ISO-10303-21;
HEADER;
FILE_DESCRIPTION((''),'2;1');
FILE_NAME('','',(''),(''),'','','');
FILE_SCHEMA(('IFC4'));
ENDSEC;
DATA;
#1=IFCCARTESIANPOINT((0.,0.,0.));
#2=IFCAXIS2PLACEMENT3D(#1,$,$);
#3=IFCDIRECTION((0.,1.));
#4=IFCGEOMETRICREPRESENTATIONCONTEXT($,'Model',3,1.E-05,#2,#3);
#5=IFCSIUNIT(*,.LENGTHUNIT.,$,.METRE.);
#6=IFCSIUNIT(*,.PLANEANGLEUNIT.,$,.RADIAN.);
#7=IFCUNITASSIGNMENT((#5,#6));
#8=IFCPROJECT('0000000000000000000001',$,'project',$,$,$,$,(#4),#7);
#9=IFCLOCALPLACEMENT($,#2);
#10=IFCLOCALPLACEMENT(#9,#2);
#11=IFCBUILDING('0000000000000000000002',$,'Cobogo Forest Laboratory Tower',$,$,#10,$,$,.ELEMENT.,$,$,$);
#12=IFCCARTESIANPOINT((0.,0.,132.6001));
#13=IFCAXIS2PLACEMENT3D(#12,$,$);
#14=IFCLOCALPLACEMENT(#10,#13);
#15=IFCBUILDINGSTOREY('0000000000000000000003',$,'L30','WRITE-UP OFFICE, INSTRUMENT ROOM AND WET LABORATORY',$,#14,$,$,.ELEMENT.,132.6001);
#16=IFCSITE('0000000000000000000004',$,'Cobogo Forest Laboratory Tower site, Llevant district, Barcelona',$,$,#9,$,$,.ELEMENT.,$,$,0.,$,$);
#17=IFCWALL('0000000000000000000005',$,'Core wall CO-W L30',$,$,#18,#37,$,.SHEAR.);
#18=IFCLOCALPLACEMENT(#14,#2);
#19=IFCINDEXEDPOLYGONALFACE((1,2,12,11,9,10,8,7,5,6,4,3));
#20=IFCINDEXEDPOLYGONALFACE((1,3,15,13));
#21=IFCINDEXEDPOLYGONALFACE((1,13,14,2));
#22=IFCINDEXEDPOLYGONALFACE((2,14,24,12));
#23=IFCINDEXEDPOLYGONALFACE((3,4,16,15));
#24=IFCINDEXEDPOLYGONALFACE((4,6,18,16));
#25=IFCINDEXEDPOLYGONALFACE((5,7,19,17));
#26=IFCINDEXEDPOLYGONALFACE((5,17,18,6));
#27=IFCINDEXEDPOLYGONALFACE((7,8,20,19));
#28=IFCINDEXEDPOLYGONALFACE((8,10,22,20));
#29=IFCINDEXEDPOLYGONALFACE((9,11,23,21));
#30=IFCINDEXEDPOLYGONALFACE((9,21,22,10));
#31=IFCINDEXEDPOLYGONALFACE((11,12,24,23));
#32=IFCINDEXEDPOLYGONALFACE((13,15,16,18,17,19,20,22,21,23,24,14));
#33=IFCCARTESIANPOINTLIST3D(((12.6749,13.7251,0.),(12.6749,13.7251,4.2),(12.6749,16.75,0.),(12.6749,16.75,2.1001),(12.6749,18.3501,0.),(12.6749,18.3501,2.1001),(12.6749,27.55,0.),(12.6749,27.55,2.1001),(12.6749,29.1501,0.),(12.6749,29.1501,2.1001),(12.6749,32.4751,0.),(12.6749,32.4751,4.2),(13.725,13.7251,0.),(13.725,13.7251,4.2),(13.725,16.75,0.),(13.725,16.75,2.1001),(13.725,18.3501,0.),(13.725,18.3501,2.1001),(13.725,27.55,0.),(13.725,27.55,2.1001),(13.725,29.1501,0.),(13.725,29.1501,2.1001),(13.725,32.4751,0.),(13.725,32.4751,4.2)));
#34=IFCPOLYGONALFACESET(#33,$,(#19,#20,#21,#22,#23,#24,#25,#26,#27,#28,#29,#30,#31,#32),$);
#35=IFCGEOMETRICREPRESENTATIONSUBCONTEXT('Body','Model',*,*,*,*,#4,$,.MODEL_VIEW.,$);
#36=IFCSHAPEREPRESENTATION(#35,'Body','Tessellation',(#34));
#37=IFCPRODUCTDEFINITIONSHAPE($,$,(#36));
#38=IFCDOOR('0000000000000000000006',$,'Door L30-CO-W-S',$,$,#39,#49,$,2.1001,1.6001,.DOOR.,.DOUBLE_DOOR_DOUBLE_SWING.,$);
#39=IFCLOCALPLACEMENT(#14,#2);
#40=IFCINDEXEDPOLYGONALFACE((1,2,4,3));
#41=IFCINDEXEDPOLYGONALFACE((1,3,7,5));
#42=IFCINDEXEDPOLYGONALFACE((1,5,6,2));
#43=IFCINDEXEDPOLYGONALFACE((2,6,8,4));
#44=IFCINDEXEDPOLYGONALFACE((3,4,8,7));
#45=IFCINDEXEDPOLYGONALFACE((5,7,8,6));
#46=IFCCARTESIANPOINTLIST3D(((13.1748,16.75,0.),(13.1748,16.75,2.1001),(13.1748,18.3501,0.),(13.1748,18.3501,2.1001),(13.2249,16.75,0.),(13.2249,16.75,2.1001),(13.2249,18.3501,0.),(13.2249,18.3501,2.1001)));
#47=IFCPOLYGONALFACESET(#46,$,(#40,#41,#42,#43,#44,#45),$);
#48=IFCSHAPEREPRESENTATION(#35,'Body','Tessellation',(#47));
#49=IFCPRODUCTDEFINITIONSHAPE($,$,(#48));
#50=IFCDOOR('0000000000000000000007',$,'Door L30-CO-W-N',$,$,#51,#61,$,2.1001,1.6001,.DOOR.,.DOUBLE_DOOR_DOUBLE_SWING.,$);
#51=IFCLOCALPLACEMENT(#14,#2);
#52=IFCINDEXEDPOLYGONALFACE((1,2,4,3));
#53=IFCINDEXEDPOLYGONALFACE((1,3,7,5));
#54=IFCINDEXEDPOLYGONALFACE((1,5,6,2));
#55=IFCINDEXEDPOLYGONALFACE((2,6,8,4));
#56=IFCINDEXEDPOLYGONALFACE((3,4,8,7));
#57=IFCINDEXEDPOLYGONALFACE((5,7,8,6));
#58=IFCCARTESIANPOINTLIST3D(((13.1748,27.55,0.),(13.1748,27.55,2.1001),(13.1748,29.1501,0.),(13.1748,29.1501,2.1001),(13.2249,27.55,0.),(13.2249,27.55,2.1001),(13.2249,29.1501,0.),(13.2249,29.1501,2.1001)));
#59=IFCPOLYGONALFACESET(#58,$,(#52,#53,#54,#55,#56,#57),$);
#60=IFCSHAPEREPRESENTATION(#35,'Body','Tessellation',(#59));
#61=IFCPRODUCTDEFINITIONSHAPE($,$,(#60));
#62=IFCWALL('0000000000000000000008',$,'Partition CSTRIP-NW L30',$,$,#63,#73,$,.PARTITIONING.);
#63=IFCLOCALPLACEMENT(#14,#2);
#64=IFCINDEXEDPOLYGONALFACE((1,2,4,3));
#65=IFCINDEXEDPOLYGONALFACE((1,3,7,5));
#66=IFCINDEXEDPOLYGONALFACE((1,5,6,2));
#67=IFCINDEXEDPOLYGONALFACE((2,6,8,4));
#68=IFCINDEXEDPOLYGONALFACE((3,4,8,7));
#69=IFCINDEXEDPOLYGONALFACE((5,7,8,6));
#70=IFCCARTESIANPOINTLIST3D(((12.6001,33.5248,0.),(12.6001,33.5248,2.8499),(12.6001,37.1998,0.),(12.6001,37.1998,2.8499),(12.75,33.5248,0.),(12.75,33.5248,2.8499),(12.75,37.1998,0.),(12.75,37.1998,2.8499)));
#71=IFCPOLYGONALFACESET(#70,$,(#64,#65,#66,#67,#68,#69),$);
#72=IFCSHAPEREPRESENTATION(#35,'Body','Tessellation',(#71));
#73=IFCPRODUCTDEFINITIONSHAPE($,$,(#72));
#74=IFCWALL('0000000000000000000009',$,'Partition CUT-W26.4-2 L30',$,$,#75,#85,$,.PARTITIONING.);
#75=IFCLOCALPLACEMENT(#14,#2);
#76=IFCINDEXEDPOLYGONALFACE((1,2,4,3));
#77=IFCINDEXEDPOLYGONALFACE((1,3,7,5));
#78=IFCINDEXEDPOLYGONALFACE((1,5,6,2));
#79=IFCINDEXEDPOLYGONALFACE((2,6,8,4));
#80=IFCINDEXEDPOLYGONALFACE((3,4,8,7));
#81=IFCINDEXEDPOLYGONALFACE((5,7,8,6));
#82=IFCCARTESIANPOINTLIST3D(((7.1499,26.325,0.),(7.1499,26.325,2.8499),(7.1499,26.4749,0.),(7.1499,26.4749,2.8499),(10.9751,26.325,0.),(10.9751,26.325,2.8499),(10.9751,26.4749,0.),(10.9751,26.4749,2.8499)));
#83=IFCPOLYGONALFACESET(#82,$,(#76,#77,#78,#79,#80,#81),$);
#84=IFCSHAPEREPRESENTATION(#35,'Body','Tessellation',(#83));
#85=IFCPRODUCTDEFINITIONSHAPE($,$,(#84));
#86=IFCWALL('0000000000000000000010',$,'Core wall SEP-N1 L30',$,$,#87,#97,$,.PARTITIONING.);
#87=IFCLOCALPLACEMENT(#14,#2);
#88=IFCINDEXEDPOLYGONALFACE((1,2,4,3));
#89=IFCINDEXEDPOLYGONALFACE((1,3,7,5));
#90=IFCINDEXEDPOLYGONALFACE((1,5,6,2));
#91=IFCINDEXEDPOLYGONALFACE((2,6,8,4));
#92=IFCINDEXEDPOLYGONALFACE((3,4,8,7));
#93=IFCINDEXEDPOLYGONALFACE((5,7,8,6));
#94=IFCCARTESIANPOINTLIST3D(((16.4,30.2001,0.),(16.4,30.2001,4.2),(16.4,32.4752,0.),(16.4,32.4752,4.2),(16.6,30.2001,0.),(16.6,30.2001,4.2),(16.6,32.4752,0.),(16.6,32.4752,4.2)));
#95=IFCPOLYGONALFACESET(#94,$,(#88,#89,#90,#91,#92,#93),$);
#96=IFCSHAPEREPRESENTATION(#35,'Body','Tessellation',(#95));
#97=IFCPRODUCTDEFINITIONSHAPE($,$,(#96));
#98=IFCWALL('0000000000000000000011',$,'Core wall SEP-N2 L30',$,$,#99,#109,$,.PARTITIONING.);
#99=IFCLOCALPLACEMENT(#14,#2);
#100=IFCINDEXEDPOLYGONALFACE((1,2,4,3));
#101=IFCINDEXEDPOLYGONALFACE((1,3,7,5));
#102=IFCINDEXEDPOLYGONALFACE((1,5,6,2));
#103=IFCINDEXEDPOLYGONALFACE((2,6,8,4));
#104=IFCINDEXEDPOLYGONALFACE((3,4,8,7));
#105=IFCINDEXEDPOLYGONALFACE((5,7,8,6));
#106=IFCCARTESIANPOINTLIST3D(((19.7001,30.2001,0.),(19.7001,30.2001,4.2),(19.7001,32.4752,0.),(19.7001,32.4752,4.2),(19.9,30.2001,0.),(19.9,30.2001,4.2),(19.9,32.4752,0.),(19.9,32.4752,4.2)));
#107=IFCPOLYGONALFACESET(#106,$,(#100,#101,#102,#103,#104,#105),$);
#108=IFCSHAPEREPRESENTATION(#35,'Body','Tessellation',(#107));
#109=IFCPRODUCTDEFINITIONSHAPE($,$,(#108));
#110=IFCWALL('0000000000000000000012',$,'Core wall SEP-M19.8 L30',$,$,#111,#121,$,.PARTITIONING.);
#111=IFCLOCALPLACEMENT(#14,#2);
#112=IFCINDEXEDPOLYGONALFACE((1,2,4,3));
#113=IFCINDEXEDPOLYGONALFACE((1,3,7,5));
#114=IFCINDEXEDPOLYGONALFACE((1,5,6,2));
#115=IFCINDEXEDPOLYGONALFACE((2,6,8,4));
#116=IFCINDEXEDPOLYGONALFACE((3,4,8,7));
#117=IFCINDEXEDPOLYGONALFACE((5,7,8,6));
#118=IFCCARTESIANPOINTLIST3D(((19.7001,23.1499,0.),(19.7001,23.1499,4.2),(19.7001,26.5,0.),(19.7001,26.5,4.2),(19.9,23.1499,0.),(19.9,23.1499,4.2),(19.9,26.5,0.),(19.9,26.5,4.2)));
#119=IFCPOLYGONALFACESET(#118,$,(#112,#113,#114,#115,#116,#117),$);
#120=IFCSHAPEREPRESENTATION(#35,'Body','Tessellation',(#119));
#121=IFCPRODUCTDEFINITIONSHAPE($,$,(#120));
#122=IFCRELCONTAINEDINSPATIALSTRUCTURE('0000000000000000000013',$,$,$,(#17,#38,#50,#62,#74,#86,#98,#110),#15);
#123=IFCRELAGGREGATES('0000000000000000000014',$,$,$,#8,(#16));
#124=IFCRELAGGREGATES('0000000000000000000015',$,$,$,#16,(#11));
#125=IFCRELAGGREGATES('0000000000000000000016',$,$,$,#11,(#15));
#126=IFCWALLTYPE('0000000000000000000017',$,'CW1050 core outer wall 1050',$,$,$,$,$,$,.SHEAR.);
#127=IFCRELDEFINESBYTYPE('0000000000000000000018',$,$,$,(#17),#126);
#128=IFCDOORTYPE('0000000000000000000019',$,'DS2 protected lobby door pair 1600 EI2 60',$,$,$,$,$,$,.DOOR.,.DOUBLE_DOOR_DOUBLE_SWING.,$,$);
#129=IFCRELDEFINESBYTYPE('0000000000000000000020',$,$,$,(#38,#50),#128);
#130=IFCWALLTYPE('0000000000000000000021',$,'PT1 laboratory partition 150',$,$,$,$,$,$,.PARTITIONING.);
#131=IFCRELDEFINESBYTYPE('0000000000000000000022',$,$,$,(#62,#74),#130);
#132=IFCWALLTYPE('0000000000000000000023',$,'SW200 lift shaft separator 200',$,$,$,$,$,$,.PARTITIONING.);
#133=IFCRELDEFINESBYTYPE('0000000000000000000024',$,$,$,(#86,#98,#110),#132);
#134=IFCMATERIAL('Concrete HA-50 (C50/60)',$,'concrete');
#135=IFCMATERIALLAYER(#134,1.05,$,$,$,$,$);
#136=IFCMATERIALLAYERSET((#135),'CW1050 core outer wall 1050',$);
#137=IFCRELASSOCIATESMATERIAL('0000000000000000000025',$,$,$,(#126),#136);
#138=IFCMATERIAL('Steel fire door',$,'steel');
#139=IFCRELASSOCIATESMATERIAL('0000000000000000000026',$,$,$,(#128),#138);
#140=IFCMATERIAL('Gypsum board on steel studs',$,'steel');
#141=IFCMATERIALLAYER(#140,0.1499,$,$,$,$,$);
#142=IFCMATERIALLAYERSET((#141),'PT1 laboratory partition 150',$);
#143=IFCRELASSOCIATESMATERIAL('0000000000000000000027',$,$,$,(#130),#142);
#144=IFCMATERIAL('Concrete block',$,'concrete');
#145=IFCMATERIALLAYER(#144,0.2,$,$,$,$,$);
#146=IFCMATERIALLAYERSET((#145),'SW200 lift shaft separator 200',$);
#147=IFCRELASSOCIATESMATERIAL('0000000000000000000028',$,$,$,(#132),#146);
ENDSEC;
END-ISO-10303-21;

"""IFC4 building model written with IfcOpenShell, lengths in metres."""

from ifc_helpers import new_model, si_unit, direction, frame, frame_2d, origin, place, context, subcontext, project, spatial, rectangle, extrude, material, layer, layer_set, type_object, element, fill, save


model = new_model("IFC4")

# Units and contexts
model_context = context("Model", 3, precision=1e-05, world=origin(), true_north=direction((0.0, 1.0)))
body_context = subcontext(model_context, "Body", "Model", "MODEL_VIEW")
ifc_project = project(units=[si_unit("LENGTHUNIT", "METRE"), si_unit("PLANEANGLEUNIT", "RADIAN")], contexts=[model_context])

# Site, building, storey
site_placement = place(None, origin())
site = spatial("IfcSite", under=ifc_project, at=site_placement, Name="Cobogo Forest Laboratory Tower site, Llevant district, Barcelona", CompositionType="ELEMENT", RefElevation=0.0)
building_placement = place(site_placement, origin())
building = spatial("IfcBuilding", under=site, at=building_placement, Name="Cobogo Forest Laboratory Tower", CompositionType="ELEMENT")
storey_placement = place(building_placement, frame((0.0, 0.0, 132.6001)))
storey = spatial("IfcBuildingStorey", under=building, at=storey_placement, Name="L30", Description="WRITE-UP OFFICE, INSTRUMENT ROOM AND WET LABORATORY", CompositionType="ELEMENT", Elevation=132.6001)

# Shared definitions
ifc_material_1 = material(Name="Concrete HA-50 (C50/60)", Category="concrete")

# Shared definitions
ifc_material_2 = material(Name="Steel fire door", Category="steel")

# Wall, openings, doors
ifc_layer_1 = layer(ifc_material_1, 1.05)
ifc_layer_set_1 = layer_set([ifc_layer_1], Name="CW1050 core outer wall 1050")
wall_type_1 = type_object("IfcWallType", Name="CW1050 core outer wall 1050", PredefinedType="SHEAR", material=ifc_layer_set_1)
wall_1_placement = place(storey_placement, frame((13.2, 32.4751, 0.0), z_axis=(0.0, 0.0, 1.0), x_axis=(0.0, -1.0, 0.0)))
wall_1 = element("IfcWall", 1, at=wall_1_placement, inside=storey, type_object=wall_type_1, Name="Core wall CO-W L30", PredefinedType="SHEAR", context=body_context, shape_type="SweptSolid", body=[
    extrude(rectangle(XDim=18.75, YDim=1.05, at=frame_2d((9.375, 0.0))), origin(), (0.0, 0.0, 1.0), 4.2),
])
opening_1_placement = place(wall_1_placement, frame((14.125, 0.0, 0.0)))
opening_1 = element("IfcOpeningElement", 2, at=opening_1_placement, cuts=wall_1, PredefinedType="OPENING", context=body_context, shape_type="SweptSolid", body=[
    extrude(rectangle(XDim=1.6001, YDim=2.1001, at=frame_2d((0.8, 1.05))), frame((0.0, 0.5349, 0.0), z_axis=(0.0, -1.0, 0.0), x_axis=(1.0, 0.0, 0.0)), (0.0, 0.0, 1.0), 1.0701),
])
opening_2_placement = place(wall_1_placement, frame((3.325, 0.0, 0.0)))
opening_2 = element("IfcOpeningElement", 3, at=opening_2_placement, cuts=wall_1, PredefinedType="OPENING", context=body_context, shape_type="SweptSolid", body=[
    extrude(rectangle(XDim=1.6001, YDim=2.1001, at=frame_2d((0.8, 1.05))), frame((0.0, 0.5349, 0.0), z_axis=(0.0, -1.0, 0.0), x_axis=(1.0, 0.0, 0.0)), (0.0, 0.0, 1.0), 1.0701),
])
door_type_1 = type_object("IfcDoorType", Name="DS2 protected lobby door pair 1600 EI2 60", OperationType="DOUBLE_DOOR_DOUBLE_SWING", PredefinedType="DOOR", material=ifc_material_2)
door_1_placement = place(opening_1_placement, origin())
door_1 = element("IfcDoor", 4, at=door_1_placement, inside=storey, type_object=door_type_1, Name="Door L30-CO-W-S", OperationType="DOUBLE_DOOR_DOUBLE_SWING", OverallHeight=2.1001, OverallWidth=1.6001, PredefinedType="DOOR", context=body_context, shape_type="SweptSolid", body=[
    extrude(rectangle(XDim=1.6001, YDim=2.1001, at=frame_2d((0.8, 1.05))), frame((0.0, 0.0249, 0.0), z_axis=(0.0, -1.0, 0.0), x_axis=(1.0, 0.0, 0.0)), (0.0, 0.0, 1.0), 0.05),
])
fill(opening_1, door_1)
door_2_placement = place(opening_2_placement, origin())
door_2 = element("IfcDoor", 5, at=door_2_placement, inside=storey, type_object=door_type_1, Name="Door L30-CO-W-N", OperationType="DOUBLE_DOOR_DOUBLE_SWING", OverallHeight=2.1001, OverallWidth=1.6001, PredefinedType="DOOR", context=body_context, shape_type="SweptSolid", body=[
    extrude(rectangle(XDim=1.6001, YDim=2.1001, at=frame_2d((0.8, 1.05))), frame((0.0, 0.0249, 0.0), z_axis=(0.0, -1.0, 0.0), x_axis=(1.0, 0.0, 0.0)), (0.0, 0.0, 1.0), 0.05),
])
fill(opening_2, door_2)

# Walls
ifc_material_3 = material(Name="Gypsum board on steel studs", Category="steel")
ifc_layer_2 = layer(ifc_material_3, 0.1499)
ifc_layer_set_2 = layer_set([ifc_layer_2], Name="PT1 laboratory partition 150")
wall_type_2 = type_object("IfcWallType", Name="PT1 laboratory partition 150", PredefinedType="PARTITIONING", material=ifc_layer_set_2)
wall_2_placement = place(storey_placement, frame((12.675, 33.5249, 0.0), z_axis=(0.0, 0.0, 1.0), x_axis=(0.0, 1.0, 0.0)))
element("IfcWall", 6, at=wall_2_placement, inside=storey, type_object=wall_type_2, Name="Partition CSTRIP-NW L30", PredefinedType="PARTITIONING", context=body_context, shape_type="SweptSolid", body=[
    extrude(rectangle(XDim=3.675, YDim=0.1499, at=frame_2d((1.8374, 0.0))), origin(), (0.0, 0.0, 1.0), 2.8499),
])
wall_3_placement = place(storey_placement, frame((7.1499, 26.3999, 0.0), z_axis=(0.0, 0.0, 1.0), x_axis=(1.0, 0.0, 0.0)))
element("IfcWall", 7, at=wall_3_placement, inside=storey, type_object=wall_type_2, Name="Partition CUT-W26.4-2 L30", PredefinedType="PARTITIONING", context=body_context, shape_type="SweptSolid", body=[
    extrude(rectangle(XDim=3.8252, YDim=0.1499, at=frame_2d((1.9126, 0.0))), origin(), (0.0, 0.0, 1.0), 2.8499),
])
ifc_material_4 = material(Name="Concrete block", Category="concrete")
ifc_layer_3 = layer(ifc_material_4, 0.2)
ifc_layer_set_3 = layer_set([ifc_layer_3], Name="SW200 lift shaft separator 200")
wall_type_3 = type_object("IfcWallType", Name="SW200 lift shaft separator 200", PredefinedType="PARTITIONING", material=ifc_layer_set_3)
for number, where, z_axis, x_axis, name in (
    (8, (16.5, 30.2, 0.0), (0.0, 0.0, 1.0), (0.0, 1.0, 0.0), "Core wall SEP-N1 L30"),
    (9, (19.8, 30.2, 0.0), (0.0, 0.0, 1.0), (0.0, 1.0, 0.0), "Core wall SEP-N2 L30"),
):
    element("IfcWall", number, at=place(storey_placement, frame(where, z_axis=z_axis, x_axis=x_axis)), inside=storey, type_object=wall_type_3, Name=name, PredefinedType="PARTITIONING", context=body_context, shape_type="SweptSolid", body=[
        extrude(rectangle(XDim=2.2751, YDim=0.2, at=frame_2d((1.1377, 0.0))), origin(), (0.0, 0.0, 1.0), 4.2),
    ])
wall_4_placement = place(storey_placement, frame((19.8, 23.1499, 0.0), z_axis=(0.0, 0.0, 1.0), x_axis=(0.0, 1.0, 0.0)))
element("IfcWall", 10, at=wall_4_placement, inside=storey, type_object=wall_type_3, Name="Core wall SEP-M19.8 L30", PredefinedType="PARTITIONING", context=body_context, shape_type="SweptSolid", body=[
    extrude(rectangle(XDim=3.3501, YDim=0.2, at=frame_2d((1.675, 0.0))), origin(), (0.0, 0.0, 1.0), 4.2),
])

save(model, "model.ifc")
